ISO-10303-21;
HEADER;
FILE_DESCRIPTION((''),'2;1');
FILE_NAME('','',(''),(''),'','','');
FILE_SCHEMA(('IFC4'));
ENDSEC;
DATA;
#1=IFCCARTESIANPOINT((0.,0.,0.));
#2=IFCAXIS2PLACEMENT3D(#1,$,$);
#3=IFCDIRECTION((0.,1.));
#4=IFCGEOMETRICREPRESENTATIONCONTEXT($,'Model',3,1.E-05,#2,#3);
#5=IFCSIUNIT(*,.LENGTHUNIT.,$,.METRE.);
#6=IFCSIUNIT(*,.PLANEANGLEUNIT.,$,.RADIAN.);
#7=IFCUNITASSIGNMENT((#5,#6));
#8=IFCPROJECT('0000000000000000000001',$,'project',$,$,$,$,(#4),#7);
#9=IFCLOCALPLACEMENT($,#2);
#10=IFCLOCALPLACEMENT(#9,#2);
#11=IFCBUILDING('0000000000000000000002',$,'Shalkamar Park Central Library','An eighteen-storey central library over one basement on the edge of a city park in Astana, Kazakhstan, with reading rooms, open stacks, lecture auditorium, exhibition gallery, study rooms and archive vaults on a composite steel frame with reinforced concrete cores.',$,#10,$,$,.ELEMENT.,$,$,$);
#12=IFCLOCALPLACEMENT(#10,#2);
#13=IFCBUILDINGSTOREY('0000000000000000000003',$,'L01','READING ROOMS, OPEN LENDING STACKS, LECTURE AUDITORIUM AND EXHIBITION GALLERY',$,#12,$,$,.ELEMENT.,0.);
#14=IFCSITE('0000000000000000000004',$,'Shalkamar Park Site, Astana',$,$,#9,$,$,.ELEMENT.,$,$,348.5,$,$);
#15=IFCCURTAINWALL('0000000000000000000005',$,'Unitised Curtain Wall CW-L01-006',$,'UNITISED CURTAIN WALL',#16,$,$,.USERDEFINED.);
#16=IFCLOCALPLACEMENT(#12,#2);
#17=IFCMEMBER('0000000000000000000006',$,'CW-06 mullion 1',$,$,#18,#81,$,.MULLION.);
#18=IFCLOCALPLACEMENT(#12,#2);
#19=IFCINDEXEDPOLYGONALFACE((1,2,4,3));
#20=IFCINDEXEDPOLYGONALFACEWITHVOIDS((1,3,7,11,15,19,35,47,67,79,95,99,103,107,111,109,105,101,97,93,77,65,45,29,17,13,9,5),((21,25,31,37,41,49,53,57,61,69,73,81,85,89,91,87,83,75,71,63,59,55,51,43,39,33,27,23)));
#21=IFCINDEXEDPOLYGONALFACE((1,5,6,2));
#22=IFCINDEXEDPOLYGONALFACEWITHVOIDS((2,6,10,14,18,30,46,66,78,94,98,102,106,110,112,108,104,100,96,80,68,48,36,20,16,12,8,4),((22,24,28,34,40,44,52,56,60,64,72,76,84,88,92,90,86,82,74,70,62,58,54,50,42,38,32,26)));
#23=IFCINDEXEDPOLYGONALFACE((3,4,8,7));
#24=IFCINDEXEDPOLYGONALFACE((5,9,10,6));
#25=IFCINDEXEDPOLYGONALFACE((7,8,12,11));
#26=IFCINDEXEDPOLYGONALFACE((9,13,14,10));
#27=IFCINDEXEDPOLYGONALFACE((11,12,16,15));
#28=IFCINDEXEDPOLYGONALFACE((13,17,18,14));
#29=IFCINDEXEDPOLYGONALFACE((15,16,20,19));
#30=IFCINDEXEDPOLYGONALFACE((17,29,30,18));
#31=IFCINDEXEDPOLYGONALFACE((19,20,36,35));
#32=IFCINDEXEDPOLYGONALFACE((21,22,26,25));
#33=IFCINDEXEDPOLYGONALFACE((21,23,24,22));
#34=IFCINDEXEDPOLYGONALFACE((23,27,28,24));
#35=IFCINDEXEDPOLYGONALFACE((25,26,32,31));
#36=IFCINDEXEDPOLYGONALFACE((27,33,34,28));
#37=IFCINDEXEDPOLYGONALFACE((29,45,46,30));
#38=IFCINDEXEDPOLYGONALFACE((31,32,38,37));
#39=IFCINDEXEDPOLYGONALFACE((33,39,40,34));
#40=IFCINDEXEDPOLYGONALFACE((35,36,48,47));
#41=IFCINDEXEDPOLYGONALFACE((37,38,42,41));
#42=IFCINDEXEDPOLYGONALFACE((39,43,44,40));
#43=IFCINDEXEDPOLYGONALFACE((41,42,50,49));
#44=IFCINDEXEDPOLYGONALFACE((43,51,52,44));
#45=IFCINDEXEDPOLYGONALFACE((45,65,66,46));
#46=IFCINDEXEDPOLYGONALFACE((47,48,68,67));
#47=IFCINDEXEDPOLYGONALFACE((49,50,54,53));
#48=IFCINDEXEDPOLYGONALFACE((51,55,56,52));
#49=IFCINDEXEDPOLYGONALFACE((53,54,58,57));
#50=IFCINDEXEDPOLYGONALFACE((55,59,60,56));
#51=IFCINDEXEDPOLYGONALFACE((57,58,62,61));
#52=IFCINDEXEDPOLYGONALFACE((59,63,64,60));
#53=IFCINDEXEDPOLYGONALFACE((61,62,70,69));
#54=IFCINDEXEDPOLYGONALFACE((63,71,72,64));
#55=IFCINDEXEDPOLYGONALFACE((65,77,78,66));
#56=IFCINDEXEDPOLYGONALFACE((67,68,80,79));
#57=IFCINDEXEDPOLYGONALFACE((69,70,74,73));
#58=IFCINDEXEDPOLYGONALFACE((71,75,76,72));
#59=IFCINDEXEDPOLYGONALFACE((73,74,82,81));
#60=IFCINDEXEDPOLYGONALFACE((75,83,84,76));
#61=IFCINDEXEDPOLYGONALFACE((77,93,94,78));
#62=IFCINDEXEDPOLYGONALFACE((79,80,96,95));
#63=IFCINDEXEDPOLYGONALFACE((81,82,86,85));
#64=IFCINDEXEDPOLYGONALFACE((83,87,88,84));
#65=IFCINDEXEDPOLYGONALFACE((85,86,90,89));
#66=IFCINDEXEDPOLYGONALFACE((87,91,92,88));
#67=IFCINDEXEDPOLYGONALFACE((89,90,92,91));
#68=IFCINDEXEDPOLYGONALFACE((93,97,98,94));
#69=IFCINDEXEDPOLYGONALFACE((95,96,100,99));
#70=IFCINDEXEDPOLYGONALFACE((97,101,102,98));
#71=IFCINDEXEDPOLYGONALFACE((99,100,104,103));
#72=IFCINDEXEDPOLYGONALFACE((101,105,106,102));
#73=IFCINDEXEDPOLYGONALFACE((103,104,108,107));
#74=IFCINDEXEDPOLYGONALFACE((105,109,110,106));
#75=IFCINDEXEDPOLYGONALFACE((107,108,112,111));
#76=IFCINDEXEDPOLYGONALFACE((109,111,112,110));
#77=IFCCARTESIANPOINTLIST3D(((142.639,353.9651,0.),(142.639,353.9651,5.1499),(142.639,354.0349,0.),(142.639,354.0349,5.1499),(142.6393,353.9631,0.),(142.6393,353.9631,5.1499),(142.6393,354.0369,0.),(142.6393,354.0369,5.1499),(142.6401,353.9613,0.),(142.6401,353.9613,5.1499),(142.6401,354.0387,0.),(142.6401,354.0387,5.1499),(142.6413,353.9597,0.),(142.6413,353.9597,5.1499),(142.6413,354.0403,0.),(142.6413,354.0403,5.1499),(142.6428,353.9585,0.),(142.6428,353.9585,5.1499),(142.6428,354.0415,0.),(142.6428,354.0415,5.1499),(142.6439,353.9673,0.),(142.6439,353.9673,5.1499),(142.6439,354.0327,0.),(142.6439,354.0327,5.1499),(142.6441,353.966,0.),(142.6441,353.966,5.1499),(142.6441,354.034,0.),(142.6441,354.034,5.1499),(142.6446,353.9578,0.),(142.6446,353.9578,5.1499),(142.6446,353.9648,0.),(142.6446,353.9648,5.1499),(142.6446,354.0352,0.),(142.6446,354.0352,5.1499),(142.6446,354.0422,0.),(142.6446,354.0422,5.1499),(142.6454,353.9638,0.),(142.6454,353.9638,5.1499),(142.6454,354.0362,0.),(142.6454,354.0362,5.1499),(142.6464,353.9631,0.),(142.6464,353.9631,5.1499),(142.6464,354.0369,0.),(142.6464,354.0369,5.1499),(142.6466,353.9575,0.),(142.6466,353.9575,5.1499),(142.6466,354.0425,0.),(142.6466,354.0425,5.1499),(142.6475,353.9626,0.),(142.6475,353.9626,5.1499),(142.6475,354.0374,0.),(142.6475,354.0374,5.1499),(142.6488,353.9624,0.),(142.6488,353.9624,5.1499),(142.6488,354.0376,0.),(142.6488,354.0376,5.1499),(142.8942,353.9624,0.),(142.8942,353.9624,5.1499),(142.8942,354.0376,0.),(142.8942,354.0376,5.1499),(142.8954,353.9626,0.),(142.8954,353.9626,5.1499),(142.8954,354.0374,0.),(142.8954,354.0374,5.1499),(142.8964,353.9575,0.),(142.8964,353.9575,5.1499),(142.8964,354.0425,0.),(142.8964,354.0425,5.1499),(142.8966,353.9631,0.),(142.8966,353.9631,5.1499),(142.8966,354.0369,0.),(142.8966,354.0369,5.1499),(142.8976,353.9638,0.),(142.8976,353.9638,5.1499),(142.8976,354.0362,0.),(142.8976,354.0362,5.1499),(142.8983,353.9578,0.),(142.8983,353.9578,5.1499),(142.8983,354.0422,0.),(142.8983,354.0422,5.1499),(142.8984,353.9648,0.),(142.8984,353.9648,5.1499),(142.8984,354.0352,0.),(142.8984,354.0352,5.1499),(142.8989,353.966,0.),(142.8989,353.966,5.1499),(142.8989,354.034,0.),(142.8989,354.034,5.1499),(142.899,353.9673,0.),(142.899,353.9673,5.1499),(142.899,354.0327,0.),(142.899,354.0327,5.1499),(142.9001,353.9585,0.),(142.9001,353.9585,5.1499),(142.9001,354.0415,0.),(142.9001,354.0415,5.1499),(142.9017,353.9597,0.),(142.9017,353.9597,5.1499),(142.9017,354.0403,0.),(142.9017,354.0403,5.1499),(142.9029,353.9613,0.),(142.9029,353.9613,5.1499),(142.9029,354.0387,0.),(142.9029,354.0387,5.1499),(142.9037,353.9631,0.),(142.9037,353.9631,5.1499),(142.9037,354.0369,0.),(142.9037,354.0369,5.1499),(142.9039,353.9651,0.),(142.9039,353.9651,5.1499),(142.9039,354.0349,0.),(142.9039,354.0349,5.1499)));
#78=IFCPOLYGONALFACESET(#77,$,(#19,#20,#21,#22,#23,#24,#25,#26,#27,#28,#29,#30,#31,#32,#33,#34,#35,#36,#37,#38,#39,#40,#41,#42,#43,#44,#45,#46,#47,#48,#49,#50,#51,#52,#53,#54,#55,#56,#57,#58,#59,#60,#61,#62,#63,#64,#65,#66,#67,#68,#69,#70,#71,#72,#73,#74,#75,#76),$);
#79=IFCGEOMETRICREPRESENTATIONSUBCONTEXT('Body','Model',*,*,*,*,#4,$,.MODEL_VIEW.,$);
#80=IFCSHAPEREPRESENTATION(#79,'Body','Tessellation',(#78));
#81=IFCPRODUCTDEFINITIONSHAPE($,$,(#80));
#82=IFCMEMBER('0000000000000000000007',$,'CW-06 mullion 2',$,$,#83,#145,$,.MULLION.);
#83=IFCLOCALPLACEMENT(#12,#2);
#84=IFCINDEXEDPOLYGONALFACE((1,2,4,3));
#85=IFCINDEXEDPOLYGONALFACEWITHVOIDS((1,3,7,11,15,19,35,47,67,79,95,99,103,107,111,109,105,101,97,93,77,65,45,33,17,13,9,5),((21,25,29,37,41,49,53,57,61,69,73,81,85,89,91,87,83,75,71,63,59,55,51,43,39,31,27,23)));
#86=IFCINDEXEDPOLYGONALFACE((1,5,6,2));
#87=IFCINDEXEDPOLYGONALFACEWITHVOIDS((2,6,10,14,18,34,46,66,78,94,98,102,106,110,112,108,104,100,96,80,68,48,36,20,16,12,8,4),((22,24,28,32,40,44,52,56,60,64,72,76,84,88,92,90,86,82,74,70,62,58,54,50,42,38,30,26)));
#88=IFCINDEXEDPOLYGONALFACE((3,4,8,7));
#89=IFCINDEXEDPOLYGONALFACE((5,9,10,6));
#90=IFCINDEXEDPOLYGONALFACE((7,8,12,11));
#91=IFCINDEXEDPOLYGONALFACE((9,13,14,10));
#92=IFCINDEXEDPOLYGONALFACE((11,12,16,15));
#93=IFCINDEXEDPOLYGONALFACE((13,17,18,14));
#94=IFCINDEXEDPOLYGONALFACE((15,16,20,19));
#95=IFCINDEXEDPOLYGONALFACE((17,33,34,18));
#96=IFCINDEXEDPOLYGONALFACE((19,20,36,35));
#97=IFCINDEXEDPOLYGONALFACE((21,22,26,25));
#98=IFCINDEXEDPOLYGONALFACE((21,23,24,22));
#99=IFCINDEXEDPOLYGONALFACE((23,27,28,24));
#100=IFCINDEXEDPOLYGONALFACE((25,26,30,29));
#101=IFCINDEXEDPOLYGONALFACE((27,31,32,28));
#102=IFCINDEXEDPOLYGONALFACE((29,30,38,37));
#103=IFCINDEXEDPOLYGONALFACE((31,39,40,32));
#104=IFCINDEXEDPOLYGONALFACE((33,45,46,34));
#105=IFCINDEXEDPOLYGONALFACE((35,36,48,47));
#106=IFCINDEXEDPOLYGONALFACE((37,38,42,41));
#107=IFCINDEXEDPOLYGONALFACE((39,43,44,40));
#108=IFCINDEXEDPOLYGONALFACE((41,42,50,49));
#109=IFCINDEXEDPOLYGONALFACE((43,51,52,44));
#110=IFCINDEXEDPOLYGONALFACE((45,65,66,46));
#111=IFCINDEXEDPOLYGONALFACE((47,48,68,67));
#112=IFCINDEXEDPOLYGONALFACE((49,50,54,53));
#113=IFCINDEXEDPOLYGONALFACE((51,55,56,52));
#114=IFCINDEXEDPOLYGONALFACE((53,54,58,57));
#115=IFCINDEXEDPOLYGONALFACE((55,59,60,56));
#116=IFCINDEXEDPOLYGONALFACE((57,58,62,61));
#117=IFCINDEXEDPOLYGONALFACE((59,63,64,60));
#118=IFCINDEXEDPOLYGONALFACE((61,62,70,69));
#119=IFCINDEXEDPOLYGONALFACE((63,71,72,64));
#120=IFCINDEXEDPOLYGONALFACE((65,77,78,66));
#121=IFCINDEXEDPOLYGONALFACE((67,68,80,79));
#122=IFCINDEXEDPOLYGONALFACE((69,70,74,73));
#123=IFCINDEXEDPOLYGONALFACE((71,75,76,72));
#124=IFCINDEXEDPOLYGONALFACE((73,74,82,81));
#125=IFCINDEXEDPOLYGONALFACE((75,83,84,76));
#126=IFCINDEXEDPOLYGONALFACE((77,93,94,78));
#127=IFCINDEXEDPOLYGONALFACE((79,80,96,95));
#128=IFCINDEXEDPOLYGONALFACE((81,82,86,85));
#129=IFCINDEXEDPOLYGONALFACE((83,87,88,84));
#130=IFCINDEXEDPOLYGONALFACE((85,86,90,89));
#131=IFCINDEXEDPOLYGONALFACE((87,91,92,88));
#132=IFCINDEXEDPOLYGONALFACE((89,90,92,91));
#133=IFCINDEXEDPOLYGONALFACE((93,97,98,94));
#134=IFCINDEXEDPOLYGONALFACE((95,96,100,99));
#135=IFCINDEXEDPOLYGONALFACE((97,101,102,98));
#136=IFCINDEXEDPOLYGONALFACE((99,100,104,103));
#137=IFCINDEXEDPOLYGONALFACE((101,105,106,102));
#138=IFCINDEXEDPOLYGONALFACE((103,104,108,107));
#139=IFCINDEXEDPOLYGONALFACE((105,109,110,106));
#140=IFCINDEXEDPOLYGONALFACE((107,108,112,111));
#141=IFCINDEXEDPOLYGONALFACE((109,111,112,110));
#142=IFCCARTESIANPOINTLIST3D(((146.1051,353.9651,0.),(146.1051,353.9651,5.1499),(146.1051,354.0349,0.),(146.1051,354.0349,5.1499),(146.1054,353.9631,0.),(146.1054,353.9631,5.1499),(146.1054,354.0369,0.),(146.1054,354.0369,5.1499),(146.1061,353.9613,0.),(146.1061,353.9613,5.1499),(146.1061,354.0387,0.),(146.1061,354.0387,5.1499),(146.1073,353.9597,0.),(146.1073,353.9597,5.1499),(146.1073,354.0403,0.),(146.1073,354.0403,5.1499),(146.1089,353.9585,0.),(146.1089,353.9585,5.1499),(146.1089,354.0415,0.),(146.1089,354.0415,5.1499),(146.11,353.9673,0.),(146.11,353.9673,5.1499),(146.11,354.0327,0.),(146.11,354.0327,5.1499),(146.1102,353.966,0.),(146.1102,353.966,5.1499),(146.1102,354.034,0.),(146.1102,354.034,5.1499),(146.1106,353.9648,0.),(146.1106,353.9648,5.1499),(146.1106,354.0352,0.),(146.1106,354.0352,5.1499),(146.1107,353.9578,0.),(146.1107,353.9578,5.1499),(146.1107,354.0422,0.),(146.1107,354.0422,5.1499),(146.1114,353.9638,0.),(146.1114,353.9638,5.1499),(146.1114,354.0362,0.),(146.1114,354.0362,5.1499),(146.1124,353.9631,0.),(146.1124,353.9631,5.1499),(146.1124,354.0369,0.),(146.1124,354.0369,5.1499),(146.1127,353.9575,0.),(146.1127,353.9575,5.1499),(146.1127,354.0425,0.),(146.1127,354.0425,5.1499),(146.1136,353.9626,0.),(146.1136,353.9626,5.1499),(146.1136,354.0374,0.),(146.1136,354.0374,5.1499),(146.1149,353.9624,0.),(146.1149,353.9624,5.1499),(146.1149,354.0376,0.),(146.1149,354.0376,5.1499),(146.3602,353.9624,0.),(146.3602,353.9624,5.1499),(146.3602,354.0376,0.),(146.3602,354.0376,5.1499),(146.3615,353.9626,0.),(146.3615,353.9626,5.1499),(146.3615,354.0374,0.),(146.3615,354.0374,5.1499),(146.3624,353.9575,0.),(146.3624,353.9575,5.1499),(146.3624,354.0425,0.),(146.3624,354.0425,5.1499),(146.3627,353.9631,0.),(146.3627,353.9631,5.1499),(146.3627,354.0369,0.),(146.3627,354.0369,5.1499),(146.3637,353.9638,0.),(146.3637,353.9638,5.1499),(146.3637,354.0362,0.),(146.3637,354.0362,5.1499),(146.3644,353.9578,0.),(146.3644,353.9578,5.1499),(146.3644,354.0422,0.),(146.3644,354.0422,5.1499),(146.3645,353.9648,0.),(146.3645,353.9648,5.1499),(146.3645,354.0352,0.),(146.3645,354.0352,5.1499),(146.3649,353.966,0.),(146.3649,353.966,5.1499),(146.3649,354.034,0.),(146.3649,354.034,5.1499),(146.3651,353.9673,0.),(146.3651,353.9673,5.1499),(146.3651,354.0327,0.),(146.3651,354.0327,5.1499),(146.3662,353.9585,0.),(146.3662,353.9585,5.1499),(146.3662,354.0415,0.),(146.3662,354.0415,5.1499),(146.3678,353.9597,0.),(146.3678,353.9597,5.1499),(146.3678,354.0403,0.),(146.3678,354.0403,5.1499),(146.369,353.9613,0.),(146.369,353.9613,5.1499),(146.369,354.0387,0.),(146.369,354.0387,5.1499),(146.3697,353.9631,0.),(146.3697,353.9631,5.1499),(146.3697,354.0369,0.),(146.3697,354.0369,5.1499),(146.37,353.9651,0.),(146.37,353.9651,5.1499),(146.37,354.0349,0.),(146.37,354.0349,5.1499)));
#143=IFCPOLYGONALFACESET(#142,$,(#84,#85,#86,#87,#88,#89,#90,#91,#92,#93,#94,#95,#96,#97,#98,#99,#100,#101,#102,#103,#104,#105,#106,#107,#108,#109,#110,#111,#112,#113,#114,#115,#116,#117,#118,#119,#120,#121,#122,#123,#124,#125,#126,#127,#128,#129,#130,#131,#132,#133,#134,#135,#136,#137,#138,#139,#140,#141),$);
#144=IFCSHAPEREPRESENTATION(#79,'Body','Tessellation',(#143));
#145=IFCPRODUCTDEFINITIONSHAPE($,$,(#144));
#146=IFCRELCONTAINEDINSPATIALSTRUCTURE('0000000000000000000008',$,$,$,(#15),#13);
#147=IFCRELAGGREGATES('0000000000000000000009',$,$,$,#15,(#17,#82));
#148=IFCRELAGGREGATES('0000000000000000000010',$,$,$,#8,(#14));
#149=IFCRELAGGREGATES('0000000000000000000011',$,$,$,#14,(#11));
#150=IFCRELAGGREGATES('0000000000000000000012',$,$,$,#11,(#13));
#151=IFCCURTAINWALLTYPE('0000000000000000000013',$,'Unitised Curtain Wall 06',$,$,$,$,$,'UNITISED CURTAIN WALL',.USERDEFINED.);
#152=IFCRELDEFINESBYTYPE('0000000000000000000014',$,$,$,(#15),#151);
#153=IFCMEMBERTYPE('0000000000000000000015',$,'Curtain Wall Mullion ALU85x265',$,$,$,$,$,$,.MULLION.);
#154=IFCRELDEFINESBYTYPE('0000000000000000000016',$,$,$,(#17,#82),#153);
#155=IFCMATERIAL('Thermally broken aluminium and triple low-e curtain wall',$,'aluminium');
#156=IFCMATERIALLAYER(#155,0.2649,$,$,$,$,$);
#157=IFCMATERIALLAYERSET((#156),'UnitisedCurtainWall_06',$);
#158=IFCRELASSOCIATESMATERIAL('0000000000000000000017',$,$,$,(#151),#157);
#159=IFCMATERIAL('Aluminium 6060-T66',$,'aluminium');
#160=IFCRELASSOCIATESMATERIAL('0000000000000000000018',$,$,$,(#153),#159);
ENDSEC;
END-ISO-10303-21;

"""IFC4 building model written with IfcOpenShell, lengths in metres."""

from ifc_helpers import new_model, si_unit, direction, frame, origin, origin_2d, place, context, subcontext, project, spatial, hollow_rectangle, extrude, material, layer, layer_set, material_profile, profile_set, type_object, element, aggregate, save


model = new_model("IFC4")

# Units and contexts
model_context = context("Model", 3, precision=1e-05, world=origin(), true_north=direction((0.0, 1.0)))
body_context = subcontext(model_context, "Body", "Model", "MODEL_VIEW")
ifc_project = project(units=[si_unit("LENGTHUNIT", "METRE"), si_unit("PLANEANGLEUNIT", "RADIAN")], contexts=[model_context])

# Site, building, storey
site_placement = place(None, origin())
site = spatial("IfcSite", under=ifc_project, at=site_placement, Name="Shalkamar Park Site, Astana", CompositionType="ELEMENT", RefElevation=348.5)
building_placement = place(site_placement, origin())
building = spatial("IfcBuilding", under=site, at=building_placement, Name="Shalkamar Park Central Library", Description="An eighteen-storey central library over one basement on the edge of a city park in Astana, Kazakhstan, with reading rooms, open stacks, lecture auditorium, exhibition gallery, study rooms and archive vaults on a composite steel frame with reinforced concrete cores.", CompositionType="ELEMENT")
storey_placement = place(building_placement, origin())
storey = spatial("IfcBuildingStorey", under=building, at=storey_placement, Name="L01", Description="READING ROOMS, OPEN LENDING STACKS, LECTURE AUDITORIUM AND EXHIBITION GALLERY", CompositionType="ELEMENT", Elevation=0.0)

# Curtain wall, members
ifc_material_1 = material(Name="Thermally broken aluminium and triple low-e curtain wall", Category="aluminium")
ifc_layer_1 = layer(ifc_material_1, 0.2649)
ifc_layer_set_1 = layer_set([ifc_layer_1], Name="UnitisedCurtainWall_06")
curtain_wall_type = type_object("IfcCurtainWallType", Name="Unitised Curtain Wall 06", ElementType="UNITISED CURTAIN WALL", PredefinedType="USERDEFINED", material=ifc_layer_set_1)
curtain_wall_placement = place(storey_placement, origin())
curtain_wall = element("IfcCurtainWall", 1, at=curtain_wall_placement, inside=storey, type_object=curtain_wall_type, Name="Unitised Curtain Wall CW-L01-006", ObjectType="UNITISED CURTAIN WALL", PredefinedType="USERDEFINED")
ifc_material_2 = material(Name="Aluminium 6060-T66", Category="aluminium")
ifc_material_profile_1 = material_profile(ifc_material_2, hollow_rectangle(XDim=0.085, YDim=0.2649, WallThickness=0.0049, InnerFilletRadius=0.0049, OuterFilletRadius=0.0076, at=origin_2d()), Name="ALU 85x265x5")
ifc_profile_set_1 = profile_set([ifc_material_profile_1], Name="Aluminium 6060-T66")
member_type_1 = type_object("IfcMemberType", Name="Curtain Wall Mullion ALU85x265", PredefinedType="MULLION", material=ifc_profile_set_1)
member_1_placement = place(storey_placement, frame((142.7715, 354.0, 0.0), z_axis=(0.0, 0.0, 1.0), x_axis=(0.0, 1.0, 0.0)))
member_1 = element("IfcMember", 2, at=member_1_placement, type_object=member_type_1, Name="CW-06 mullion 1", PredefinedType="MULLION", context=body_context, shape_type="SweptSolid", body=[
    extrude(hollow_rectangle(XDim=0.085, YDim=0.2649, WallThickness=0.0049, InnerFilletRadius=0.0049, OuterFilletRadius=0.0076, at=origin_2d()), origin(), (0.0, 0.0, 1.0), 5.1499),
])
member_2_placement = place(storey_placement, frame((146.2375, 354.0, 0.0), z_axis=(0.0, 0.0, 1.0), x_axis=(0.0, 1.0, 0.0)))
member_2 = element("IfcMember", 3, at=member_2_placement, type_object=member_type_1, Name="CW-06 mullion 2", PredefinedType="MULLION", context=body_context, shape_type="SweptSolid", body=[
    extrude(hollow_rectangle(XDim=0.085, YDim=0.2649, WallThickness=0.0049, InnerFilletRadius=0.0049, OuterFilletRadius=0.0076, at=origin_2d()), origin(), (0.0, 0.0, 1.0), 5.1499),
])

aggregate(curtain_wall, [member_1, member_2])

save(model, "model.ifc")
